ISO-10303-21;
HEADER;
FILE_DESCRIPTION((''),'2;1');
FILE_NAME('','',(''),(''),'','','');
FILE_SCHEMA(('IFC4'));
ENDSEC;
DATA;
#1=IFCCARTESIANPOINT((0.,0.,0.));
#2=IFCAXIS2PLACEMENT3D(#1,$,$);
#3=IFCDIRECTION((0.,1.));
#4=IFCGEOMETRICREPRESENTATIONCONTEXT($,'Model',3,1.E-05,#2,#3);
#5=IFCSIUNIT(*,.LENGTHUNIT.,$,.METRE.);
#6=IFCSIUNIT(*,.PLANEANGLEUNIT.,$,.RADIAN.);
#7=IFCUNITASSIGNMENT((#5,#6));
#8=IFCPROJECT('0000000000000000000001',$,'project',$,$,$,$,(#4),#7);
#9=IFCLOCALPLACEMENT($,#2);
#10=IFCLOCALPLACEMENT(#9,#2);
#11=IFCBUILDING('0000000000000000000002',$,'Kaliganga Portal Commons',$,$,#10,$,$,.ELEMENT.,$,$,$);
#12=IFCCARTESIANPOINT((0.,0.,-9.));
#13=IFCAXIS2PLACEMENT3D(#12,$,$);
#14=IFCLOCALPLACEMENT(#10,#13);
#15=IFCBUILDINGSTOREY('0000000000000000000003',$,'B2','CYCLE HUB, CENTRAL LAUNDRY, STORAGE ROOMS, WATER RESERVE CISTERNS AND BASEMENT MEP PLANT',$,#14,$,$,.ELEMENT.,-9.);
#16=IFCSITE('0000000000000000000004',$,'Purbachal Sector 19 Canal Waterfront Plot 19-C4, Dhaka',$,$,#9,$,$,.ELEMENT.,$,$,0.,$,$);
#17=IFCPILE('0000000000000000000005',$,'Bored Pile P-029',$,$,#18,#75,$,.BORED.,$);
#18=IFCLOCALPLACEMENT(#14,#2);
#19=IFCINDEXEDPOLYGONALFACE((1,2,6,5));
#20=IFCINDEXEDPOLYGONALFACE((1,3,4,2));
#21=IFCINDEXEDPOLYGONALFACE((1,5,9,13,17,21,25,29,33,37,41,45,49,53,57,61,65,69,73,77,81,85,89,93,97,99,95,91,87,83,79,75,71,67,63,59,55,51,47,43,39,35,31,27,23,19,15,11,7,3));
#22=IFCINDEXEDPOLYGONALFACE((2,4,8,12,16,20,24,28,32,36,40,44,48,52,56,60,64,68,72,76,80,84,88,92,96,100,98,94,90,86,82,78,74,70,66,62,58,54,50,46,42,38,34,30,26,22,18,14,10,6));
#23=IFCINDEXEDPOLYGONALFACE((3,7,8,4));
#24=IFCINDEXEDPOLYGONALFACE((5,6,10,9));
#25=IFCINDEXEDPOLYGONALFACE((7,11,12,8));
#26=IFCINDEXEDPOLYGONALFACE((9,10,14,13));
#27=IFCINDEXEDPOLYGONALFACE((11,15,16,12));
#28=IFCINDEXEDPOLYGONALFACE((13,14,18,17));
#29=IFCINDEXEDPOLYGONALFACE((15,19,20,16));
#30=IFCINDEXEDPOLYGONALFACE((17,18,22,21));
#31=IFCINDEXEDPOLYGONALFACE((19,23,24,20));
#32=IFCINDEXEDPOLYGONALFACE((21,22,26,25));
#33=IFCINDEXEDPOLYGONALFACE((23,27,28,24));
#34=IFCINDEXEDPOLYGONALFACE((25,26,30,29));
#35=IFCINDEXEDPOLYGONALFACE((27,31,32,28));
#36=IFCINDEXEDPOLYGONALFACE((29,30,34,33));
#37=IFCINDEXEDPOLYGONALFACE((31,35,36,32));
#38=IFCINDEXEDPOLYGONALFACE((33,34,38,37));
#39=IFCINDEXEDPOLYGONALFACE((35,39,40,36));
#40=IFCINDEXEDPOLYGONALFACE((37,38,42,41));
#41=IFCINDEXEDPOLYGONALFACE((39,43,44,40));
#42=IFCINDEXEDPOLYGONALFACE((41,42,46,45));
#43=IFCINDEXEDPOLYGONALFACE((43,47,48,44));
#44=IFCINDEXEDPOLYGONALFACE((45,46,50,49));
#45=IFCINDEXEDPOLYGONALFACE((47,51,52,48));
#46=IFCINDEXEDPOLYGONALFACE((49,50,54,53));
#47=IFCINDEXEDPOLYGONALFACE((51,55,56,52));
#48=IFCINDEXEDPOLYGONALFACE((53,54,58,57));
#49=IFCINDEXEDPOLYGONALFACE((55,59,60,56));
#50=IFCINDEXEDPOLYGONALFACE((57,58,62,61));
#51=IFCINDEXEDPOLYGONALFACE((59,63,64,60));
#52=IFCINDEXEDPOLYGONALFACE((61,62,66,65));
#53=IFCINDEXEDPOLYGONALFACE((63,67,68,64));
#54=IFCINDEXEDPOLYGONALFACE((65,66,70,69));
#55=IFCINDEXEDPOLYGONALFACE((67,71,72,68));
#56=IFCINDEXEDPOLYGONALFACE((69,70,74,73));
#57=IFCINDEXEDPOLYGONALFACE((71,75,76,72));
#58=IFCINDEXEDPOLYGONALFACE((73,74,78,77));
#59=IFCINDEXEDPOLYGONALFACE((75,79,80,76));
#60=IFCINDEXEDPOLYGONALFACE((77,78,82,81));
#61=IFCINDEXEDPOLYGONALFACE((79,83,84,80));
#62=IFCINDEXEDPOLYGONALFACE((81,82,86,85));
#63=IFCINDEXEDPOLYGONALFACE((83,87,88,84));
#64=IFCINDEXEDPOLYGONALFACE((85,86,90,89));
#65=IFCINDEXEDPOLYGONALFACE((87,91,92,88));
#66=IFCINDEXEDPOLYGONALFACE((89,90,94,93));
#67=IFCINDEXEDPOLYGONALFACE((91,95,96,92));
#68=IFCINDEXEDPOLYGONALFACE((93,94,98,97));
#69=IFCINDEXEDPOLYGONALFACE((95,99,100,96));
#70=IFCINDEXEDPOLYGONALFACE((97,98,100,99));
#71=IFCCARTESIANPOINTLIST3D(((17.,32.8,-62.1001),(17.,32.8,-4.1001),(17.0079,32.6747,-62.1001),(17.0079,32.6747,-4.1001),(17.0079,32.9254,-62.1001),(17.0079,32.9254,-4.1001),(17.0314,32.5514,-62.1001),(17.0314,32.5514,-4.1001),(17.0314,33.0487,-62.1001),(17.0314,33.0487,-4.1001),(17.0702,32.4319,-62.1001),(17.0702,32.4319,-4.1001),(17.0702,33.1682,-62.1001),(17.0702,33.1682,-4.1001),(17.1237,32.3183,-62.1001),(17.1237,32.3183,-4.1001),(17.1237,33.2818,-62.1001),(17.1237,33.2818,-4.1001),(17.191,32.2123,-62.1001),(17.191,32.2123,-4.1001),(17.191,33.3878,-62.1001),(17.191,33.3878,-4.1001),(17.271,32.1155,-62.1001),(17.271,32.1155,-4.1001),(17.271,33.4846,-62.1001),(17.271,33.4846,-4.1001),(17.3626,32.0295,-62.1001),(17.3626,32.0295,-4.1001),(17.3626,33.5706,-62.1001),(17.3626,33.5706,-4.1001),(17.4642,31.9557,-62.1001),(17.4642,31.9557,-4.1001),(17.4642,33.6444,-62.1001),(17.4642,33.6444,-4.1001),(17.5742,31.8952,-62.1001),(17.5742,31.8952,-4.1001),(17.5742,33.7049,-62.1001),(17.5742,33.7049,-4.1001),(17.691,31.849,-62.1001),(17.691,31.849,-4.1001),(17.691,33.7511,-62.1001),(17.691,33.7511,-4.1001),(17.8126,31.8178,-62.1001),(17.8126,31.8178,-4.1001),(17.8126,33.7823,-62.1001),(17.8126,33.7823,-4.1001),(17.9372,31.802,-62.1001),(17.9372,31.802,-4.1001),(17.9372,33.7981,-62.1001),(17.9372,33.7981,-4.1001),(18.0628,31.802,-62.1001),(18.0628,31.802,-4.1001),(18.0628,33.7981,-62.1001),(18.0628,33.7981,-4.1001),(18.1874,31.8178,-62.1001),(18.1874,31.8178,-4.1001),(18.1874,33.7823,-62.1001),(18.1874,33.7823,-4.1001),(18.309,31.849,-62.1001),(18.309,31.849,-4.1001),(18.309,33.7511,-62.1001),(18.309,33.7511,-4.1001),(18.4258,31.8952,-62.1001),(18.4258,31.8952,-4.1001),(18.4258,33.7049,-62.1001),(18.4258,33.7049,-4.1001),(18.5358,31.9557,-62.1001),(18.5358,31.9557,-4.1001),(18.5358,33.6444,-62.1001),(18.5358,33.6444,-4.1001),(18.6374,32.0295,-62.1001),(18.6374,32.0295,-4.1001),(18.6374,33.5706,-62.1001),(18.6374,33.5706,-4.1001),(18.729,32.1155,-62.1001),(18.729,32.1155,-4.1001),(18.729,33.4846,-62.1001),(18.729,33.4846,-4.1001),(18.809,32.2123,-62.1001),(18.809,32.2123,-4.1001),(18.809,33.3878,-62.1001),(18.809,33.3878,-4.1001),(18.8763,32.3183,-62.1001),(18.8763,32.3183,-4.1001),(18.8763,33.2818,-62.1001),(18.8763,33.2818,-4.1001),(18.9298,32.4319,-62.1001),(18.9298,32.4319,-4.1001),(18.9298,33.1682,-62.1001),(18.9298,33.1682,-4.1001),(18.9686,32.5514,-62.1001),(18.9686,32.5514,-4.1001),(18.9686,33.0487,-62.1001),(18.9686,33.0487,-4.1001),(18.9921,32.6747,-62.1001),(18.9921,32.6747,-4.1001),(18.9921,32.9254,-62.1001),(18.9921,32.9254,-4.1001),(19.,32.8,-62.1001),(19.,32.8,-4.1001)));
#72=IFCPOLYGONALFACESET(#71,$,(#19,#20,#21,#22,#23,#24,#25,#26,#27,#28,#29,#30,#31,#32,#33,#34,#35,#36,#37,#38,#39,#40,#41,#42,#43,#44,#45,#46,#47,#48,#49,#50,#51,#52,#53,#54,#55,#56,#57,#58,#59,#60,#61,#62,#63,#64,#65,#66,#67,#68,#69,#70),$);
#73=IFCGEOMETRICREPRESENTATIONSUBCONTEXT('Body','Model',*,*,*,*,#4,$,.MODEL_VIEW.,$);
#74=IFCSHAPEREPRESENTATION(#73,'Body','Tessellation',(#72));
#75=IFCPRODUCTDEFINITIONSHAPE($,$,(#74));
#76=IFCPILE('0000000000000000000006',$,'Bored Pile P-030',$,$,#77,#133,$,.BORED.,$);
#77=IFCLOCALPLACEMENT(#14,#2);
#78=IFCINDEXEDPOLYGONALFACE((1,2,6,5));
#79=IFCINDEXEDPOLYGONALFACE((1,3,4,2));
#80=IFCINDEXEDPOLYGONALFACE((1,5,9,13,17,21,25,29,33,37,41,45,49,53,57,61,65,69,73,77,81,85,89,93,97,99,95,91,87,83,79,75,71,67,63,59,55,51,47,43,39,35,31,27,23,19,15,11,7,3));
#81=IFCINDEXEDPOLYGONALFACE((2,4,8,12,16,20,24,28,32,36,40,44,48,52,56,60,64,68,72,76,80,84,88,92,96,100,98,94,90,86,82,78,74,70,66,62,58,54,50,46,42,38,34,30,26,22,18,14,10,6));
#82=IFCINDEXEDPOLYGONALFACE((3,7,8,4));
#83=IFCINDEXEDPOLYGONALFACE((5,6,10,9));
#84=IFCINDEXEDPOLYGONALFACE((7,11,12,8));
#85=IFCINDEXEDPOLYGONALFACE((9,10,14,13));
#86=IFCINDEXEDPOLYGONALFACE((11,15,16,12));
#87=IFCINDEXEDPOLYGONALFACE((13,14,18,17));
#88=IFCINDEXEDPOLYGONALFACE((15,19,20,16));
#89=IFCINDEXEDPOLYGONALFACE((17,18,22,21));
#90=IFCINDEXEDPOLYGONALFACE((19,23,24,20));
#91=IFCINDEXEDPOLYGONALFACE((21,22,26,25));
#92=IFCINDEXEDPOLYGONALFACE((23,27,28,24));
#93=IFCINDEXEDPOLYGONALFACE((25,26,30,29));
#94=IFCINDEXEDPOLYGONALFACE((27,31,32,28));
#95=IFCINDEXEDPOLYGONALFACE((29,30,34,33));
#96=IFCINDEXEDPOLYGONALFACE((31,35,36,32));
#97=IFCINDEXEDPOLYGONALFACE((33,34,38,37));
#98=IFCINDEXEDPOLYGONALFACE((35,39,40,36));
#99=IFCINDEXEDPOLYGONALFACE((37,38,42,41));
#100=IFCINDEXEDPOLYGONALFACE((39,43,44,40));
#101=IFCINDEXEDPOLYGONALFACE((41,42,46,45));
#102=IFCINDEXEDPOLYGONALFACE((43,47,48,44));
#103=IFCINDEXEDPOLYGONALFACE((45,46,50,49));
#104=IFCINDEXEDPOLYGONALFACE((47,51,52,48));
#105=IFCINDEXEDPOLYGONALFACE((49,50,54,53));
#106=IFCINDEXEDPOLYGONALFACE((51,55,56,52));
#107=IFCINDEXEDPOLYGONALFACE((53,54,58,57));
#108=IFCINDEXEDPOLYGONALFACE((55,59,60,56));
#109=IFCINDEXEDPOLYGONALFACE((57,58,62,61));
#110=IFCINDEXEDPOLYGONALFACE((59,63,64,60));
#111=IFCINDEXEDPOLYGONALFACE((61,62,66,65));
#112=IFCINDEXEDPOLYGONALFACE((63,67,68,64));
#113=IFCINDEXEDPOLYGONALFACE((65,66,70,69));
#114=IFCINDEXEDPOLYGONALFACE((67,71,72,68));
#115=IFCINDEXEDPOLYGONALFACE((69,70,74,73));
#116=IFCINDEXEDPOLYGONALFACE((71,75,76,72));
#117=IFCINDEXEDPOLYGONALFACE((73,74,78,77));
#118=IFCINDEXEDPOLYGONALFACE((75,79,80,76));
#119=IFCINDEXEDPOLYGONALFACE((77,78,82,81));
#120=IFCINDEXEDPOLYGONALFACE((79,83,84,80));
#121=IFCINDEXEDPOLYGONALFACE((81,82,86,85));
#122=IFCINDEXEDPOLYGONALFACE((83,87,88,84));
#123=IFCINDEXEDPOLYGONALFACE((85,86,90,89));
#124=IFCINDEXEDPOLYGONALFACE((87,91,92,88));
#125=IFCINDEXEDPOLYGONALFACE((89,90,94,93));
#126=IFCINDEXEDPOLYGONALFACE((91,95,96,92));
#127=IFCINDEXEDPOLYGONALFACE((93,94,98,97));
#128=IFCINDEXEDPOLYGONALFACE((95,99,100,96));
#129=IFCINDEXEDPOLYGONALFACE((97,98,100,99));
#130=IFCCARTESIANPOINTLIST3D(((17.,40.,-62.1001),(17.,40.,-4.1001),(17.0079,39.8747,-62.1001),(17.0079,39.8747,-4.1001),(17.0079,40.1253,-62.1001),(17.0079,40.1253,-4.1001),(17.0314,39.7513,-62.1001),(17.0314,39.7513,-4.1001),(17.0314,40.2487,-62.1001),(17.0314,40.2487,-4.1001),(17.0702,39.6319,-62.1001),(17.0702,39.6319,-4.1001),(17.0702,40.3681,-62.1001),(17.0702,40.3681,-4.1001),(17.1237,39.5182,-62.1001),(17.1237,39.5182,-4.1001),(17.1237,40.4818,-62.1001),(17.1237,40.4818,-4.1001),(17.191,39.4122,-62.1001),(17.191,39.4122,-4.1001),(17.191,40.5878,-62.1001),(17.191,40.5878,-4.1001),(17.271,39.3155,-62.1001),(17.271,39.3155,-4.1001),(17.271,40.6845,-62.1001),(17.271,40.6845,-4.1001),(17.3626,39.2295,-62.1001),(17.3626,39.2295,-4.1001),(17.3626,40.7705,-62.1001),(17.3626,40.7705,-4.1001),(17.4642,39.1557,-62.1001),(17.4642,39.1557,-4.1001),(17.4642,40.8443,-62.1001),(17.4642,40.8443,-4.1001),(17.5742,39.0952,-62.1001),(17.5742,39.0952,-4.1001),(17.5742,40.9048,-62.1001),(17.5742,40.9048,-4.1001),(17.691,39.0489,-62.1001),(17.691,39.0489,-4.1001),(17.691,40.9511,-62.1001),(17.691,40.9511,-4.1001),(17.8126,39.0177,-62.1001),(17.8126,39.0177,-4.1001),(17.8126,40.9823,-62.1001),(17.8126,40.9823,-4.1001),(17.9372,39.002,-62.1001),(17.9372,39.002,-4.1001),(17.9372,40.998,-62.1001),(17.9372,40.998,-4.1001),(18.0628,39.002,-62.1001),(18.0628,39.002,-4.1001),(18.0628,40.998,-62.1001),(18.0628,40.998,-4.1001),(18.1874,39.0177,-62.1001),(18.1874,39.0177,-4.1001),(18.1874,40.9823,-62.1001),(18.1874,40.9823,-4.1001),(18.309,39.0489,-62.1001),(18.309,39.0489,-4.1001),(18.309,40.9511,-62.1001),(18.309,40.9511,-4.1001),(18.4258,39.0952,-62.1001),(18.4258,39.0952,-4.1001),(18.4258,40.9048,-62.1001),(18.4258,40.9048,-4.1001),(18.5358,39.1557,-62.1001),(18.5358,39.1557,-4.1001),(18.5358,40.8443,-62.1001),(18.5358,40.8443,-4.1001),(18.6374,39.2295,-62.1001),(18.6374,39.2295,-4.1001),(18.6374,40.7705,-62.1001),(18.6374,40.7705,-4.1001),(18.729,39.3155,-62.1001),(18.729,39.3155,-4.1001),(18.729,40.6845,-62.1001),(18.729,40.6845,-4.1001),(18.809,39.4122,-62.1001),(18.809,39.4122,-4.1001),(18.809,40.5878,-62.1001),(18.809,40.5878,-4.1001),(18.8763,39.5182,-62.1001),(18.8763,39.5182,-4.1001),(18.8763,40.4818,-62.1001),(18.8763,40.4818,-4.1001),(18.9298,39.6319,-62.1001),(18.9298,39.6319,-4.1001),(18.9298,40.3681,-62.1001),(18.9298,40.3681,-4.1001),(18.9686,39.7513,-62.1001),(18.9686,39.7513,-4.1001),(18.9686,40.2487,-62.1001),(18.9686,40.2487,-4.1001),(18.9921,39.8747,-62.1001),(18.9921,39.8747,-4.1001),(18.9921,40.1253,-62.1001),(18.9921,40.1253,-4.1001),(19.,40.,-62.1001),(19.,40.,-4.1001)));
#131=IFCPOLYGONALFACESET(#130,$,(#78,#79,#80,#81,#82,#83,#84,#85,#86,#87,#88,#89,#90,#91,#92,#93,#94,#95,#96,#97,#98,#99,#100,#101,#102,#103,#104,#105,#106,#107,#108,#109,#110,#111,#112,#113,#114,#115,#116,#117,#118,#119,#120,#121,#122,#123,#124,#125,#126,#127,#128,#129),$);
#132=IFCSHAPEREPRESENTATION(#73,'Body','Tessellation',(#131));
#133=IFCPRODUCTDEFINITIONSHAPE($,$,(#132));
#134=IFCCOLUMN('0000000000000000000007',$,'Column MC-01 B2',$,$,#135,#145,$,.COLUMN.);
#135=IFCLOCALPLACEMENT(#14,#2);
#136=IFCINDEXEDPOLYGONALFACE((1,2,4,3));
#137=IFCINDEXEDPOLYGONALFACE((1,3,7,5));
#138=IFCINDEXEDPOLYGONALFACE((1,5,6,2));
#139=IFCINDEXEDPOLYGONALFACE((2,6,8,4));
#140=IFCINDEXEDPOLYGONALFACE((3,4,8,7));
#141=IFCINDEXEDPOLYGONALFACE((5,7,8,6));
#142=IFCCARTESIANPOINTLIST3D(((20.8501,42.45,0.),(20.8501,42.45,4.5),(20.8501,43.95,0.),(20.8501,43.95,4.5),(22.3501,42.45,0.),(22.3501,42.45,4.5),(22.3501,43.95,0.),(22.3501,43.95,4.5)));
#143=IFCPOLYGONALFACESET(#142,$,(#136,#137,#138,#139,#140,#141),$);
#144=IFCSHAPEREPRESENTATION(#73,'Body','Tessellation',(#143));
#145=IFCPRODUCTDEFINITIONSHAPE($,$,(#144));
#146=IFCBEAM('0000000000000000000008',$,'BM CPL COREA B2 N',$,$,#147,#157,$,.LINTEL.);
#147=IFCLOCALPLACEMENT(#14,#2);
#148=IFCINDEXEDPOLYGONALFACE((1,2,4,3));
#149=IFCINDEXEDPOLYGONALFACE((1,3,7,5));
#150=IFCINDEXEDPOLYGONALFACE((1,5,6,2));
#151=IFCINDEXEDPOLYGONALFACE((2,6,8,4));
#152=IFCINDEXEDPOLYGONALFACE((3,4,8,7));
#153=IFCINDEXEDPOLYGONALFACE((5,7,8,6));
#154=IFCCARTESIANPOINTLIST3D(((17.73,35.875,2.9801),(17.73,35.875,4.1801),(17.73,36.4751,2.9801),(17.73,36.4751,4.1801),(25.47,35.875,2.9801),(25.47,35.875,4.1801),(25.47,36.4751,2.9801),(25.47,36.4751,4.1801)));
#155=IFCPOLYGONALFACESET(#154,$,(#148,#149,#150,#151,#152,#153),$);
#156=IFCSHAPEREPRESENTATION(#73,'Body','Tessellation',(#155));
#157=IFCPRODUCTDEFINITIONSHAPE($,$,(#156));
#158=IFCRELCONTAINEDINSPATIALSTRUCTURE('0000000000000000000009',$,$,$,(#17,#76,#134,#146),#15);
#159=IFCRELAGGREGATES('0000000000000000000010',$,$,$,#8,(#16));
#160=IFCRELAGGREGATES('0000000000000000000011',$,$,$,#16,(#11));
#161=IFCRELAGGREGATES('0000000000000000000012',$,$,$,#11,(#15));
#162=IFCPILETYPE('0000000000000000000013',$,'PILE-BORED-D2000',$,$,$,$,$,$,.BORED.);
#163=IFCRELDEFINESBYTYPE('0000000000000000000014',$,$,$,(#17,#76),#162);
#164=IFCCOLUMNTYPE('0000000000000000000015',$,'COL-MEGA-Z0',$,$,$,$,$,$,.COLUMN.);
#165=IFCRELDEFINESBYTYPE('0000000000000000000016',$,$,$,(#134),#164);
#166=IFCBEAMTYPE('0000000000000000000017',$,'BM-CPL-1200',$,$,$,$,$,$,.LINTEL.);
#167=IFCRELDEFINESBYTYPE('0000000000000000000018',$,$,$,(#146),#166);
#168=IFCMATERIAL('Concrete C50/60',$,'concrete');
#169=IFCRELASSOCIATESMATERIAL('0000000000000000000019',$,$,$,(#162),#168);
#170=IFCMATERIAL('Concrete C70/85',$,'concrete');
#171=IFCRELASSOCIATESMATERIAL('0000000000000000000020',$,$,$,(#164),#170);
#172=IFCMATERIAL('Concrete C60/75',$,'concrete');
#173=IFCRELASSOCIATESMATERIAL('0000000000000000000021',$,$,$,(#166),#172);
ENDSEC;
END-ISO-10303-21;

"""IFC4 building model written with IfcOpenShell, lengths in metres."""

from ifc_helpers import new_model, si_unit, direction, frame, origin, origin_2d, place, context, subcontext, project, spatial, rectangle, circle, extrude, source, transform, mapped, material, material_profile, profile_set, type_object, element, save


model = new_model("IFC4")

# Units and contexts
model_context = context("Model", 3, precision=1e-05, world=origin(), true_north=direction((0.0, 1.0)))
body_context = subcontext(model_context, "Body", "Model", "MODEL_VIEW")
ifc_project = project(units=[si_unit("LENGTHUNIT", "METRE"), si_unit("PLANEANGLEUNIT", "RADIAN")], contexts=[model_context])

# Site, building, storey
site_placement = place(None, origin())
site = spatial("IfcSite", under=ifc_project, at=site_placement, Name="Purbachal Sector 19 Canal Waterfront Plot 19-C4, Dhaka", CompositionType="ELEMENT", RefElevation=0.0)
building_placement = place(site_placement, origin())
building = spatial("IfcBuilding", under=site, at=building_placement, Name="Kaliganga Portal Commons", CompositionType="ELEMENT")
storey_placement = place(building_placement, frame((0.0, 0.0, -9.0)))
storey = spatial("IfcBuildingStorey", under=building, at=storey_placement, Name="B2", Description="CYCLE HUB, CENTRAL LAUNDRY, STORAGE ROOMS, WATER RESERVE CISTERNS AND BASEMENT MEP PLANT", CompositionType="ELEMENT", Elevation=-9.0)

# Piles
ifc_material_1 = material(Name="Concrete C50/60", Category="concrete")
ifc_material_profile_1 = material_profile(ifc_material_1, circle(Radius=1.0, at=origin_2d()), Name="PILE D2000")
ifc_profile_set_1 = profile_set([ifc_material_profile_1], Name="Concrete C50/60")
pile_type = type_object("IfcPileType", Name="PILE-BORED-D2000", PredefinedType="BORED", material=ifc_profile_set_1)
for number, where, z_axis, x_axis, name in (
    (1, (18.0, 32.8, -4.1001), (0.0, 0.0, -1.0), (1.0, 0.0, 0.0), "Bored Pile P-029"),
    (2, (18.0, 40.0, -4.1001), (0.0, 0.0, -1.0), (1.0, 0.0, 0.0), "Bored Pile P-030"),
):
    element("IfcPile", number, at=place(storey_placement, frame(where, z_axis=z_axis, x_axis=x_axis)), inside=storey, type_object=pile_type, Name=name, PredefinedType="BORED", context=body_context, shape_type="SweptSolid", body=[
        extrude(circle(Radius=1.0, at=origin_2d()), origin(), (0.0, 0.0, 1.0), 58.0),
    ])

# Column
ifc_material_2 = material(Name="Concrete C70/85", Category="concrete")
ifc_material_profile_2 = material_profile(ifc_material_2, rectangle(XDim=1.5, YDim=1.5, at=origin_2d()), Name="RC 1500x1500")
ifc_profile_set_2 = profile_set([ifc_material_profile_2], Name="Concrete C70/85")
column_type = type_object("IfcColumnType", Name="COL-MEGA-Z0", PredefinedType="COLUMN", material=ifc_profile_set_2)
shared_shape_1 = source(origin(), body_context, "Body", "SweptSolid", [
    extrude(rectangle(XDim=1.5, YDim=1.5, at=origin_2d()), origin(), (0.0, 0.0, 1.0), 4.5),
])
column_placement = place(storey_placement, frame((21.6001, 43.2, 0.0), z_axis=(0.0, 0.0, 1.0), x_axis=(1.0, 0.0, 0.0)))
element("IfcColumn", 3, at=column_placement, inside=storey, type_object=column_type, Name="Column MC-01 B2", PredefinedType="COLUMN", context=body_context, shape_type="MappedRepresentation", body=[
    mapped(shared_shape_1, transform((0.0, 0.0, 0.0), x_axis=(1.0, 0.0, 0.0), y_axis=(0.0, 1.0, 0.0), z_axis=(0.0, 0.0, 1.0), scale=1.0)),
])

# Beam
ifc_material_3 = material(Name="Concrete C60/75", Category="concrete")
ifc_material_profile_3 = material_profile(ifc_material_3, rectangle(XDim=0.6001, YDim=1.2, at=origin_2d()), Name="RC 600x1200")
ifc_profile_set_3 = profile_set([ifc_material_profile_3], Name="Concrete C60/75")
beam_type_1 = type_object("IfcBeamType", Name="BM-CPL-1200", PredefinedType="LINTEL", material=ifc_profile_set_3)
shared_shape_2 = source(origin(), body_context, "Body", "SweptSolid", [
    extrude(rectangle(XDim=0.6001, YDim=1.2, at=origin_2d()), origin(), (0.0, 0.0, 1.0), 7.74),
])
beam_1_placement = place(storey_placement, frame((17.73, 36.175, 3.5801), z_axis=(1.0, 0.0, 0.0), x_axis=(0.0, 1.0, 0.0)))
element("IfcBeam", 4, at=beam_1_placement, inside=storey, type_object=beam_type_1, Name="BM CPL COREA B2 N", PredefinedType="LINTEL", context=body_context, shape_type="MappedRepresentation", body=[
    mapped(shared_shape_2, transform((0.0, 0.0, 0.0), x_axis=(1.0, 0.0, 0.0), y_axis=(0.0, 1.0, 0.0), z_axis=(0.0, 0.0, 1.0), scale=1.0)),
])

save(model, "model.ifc")
